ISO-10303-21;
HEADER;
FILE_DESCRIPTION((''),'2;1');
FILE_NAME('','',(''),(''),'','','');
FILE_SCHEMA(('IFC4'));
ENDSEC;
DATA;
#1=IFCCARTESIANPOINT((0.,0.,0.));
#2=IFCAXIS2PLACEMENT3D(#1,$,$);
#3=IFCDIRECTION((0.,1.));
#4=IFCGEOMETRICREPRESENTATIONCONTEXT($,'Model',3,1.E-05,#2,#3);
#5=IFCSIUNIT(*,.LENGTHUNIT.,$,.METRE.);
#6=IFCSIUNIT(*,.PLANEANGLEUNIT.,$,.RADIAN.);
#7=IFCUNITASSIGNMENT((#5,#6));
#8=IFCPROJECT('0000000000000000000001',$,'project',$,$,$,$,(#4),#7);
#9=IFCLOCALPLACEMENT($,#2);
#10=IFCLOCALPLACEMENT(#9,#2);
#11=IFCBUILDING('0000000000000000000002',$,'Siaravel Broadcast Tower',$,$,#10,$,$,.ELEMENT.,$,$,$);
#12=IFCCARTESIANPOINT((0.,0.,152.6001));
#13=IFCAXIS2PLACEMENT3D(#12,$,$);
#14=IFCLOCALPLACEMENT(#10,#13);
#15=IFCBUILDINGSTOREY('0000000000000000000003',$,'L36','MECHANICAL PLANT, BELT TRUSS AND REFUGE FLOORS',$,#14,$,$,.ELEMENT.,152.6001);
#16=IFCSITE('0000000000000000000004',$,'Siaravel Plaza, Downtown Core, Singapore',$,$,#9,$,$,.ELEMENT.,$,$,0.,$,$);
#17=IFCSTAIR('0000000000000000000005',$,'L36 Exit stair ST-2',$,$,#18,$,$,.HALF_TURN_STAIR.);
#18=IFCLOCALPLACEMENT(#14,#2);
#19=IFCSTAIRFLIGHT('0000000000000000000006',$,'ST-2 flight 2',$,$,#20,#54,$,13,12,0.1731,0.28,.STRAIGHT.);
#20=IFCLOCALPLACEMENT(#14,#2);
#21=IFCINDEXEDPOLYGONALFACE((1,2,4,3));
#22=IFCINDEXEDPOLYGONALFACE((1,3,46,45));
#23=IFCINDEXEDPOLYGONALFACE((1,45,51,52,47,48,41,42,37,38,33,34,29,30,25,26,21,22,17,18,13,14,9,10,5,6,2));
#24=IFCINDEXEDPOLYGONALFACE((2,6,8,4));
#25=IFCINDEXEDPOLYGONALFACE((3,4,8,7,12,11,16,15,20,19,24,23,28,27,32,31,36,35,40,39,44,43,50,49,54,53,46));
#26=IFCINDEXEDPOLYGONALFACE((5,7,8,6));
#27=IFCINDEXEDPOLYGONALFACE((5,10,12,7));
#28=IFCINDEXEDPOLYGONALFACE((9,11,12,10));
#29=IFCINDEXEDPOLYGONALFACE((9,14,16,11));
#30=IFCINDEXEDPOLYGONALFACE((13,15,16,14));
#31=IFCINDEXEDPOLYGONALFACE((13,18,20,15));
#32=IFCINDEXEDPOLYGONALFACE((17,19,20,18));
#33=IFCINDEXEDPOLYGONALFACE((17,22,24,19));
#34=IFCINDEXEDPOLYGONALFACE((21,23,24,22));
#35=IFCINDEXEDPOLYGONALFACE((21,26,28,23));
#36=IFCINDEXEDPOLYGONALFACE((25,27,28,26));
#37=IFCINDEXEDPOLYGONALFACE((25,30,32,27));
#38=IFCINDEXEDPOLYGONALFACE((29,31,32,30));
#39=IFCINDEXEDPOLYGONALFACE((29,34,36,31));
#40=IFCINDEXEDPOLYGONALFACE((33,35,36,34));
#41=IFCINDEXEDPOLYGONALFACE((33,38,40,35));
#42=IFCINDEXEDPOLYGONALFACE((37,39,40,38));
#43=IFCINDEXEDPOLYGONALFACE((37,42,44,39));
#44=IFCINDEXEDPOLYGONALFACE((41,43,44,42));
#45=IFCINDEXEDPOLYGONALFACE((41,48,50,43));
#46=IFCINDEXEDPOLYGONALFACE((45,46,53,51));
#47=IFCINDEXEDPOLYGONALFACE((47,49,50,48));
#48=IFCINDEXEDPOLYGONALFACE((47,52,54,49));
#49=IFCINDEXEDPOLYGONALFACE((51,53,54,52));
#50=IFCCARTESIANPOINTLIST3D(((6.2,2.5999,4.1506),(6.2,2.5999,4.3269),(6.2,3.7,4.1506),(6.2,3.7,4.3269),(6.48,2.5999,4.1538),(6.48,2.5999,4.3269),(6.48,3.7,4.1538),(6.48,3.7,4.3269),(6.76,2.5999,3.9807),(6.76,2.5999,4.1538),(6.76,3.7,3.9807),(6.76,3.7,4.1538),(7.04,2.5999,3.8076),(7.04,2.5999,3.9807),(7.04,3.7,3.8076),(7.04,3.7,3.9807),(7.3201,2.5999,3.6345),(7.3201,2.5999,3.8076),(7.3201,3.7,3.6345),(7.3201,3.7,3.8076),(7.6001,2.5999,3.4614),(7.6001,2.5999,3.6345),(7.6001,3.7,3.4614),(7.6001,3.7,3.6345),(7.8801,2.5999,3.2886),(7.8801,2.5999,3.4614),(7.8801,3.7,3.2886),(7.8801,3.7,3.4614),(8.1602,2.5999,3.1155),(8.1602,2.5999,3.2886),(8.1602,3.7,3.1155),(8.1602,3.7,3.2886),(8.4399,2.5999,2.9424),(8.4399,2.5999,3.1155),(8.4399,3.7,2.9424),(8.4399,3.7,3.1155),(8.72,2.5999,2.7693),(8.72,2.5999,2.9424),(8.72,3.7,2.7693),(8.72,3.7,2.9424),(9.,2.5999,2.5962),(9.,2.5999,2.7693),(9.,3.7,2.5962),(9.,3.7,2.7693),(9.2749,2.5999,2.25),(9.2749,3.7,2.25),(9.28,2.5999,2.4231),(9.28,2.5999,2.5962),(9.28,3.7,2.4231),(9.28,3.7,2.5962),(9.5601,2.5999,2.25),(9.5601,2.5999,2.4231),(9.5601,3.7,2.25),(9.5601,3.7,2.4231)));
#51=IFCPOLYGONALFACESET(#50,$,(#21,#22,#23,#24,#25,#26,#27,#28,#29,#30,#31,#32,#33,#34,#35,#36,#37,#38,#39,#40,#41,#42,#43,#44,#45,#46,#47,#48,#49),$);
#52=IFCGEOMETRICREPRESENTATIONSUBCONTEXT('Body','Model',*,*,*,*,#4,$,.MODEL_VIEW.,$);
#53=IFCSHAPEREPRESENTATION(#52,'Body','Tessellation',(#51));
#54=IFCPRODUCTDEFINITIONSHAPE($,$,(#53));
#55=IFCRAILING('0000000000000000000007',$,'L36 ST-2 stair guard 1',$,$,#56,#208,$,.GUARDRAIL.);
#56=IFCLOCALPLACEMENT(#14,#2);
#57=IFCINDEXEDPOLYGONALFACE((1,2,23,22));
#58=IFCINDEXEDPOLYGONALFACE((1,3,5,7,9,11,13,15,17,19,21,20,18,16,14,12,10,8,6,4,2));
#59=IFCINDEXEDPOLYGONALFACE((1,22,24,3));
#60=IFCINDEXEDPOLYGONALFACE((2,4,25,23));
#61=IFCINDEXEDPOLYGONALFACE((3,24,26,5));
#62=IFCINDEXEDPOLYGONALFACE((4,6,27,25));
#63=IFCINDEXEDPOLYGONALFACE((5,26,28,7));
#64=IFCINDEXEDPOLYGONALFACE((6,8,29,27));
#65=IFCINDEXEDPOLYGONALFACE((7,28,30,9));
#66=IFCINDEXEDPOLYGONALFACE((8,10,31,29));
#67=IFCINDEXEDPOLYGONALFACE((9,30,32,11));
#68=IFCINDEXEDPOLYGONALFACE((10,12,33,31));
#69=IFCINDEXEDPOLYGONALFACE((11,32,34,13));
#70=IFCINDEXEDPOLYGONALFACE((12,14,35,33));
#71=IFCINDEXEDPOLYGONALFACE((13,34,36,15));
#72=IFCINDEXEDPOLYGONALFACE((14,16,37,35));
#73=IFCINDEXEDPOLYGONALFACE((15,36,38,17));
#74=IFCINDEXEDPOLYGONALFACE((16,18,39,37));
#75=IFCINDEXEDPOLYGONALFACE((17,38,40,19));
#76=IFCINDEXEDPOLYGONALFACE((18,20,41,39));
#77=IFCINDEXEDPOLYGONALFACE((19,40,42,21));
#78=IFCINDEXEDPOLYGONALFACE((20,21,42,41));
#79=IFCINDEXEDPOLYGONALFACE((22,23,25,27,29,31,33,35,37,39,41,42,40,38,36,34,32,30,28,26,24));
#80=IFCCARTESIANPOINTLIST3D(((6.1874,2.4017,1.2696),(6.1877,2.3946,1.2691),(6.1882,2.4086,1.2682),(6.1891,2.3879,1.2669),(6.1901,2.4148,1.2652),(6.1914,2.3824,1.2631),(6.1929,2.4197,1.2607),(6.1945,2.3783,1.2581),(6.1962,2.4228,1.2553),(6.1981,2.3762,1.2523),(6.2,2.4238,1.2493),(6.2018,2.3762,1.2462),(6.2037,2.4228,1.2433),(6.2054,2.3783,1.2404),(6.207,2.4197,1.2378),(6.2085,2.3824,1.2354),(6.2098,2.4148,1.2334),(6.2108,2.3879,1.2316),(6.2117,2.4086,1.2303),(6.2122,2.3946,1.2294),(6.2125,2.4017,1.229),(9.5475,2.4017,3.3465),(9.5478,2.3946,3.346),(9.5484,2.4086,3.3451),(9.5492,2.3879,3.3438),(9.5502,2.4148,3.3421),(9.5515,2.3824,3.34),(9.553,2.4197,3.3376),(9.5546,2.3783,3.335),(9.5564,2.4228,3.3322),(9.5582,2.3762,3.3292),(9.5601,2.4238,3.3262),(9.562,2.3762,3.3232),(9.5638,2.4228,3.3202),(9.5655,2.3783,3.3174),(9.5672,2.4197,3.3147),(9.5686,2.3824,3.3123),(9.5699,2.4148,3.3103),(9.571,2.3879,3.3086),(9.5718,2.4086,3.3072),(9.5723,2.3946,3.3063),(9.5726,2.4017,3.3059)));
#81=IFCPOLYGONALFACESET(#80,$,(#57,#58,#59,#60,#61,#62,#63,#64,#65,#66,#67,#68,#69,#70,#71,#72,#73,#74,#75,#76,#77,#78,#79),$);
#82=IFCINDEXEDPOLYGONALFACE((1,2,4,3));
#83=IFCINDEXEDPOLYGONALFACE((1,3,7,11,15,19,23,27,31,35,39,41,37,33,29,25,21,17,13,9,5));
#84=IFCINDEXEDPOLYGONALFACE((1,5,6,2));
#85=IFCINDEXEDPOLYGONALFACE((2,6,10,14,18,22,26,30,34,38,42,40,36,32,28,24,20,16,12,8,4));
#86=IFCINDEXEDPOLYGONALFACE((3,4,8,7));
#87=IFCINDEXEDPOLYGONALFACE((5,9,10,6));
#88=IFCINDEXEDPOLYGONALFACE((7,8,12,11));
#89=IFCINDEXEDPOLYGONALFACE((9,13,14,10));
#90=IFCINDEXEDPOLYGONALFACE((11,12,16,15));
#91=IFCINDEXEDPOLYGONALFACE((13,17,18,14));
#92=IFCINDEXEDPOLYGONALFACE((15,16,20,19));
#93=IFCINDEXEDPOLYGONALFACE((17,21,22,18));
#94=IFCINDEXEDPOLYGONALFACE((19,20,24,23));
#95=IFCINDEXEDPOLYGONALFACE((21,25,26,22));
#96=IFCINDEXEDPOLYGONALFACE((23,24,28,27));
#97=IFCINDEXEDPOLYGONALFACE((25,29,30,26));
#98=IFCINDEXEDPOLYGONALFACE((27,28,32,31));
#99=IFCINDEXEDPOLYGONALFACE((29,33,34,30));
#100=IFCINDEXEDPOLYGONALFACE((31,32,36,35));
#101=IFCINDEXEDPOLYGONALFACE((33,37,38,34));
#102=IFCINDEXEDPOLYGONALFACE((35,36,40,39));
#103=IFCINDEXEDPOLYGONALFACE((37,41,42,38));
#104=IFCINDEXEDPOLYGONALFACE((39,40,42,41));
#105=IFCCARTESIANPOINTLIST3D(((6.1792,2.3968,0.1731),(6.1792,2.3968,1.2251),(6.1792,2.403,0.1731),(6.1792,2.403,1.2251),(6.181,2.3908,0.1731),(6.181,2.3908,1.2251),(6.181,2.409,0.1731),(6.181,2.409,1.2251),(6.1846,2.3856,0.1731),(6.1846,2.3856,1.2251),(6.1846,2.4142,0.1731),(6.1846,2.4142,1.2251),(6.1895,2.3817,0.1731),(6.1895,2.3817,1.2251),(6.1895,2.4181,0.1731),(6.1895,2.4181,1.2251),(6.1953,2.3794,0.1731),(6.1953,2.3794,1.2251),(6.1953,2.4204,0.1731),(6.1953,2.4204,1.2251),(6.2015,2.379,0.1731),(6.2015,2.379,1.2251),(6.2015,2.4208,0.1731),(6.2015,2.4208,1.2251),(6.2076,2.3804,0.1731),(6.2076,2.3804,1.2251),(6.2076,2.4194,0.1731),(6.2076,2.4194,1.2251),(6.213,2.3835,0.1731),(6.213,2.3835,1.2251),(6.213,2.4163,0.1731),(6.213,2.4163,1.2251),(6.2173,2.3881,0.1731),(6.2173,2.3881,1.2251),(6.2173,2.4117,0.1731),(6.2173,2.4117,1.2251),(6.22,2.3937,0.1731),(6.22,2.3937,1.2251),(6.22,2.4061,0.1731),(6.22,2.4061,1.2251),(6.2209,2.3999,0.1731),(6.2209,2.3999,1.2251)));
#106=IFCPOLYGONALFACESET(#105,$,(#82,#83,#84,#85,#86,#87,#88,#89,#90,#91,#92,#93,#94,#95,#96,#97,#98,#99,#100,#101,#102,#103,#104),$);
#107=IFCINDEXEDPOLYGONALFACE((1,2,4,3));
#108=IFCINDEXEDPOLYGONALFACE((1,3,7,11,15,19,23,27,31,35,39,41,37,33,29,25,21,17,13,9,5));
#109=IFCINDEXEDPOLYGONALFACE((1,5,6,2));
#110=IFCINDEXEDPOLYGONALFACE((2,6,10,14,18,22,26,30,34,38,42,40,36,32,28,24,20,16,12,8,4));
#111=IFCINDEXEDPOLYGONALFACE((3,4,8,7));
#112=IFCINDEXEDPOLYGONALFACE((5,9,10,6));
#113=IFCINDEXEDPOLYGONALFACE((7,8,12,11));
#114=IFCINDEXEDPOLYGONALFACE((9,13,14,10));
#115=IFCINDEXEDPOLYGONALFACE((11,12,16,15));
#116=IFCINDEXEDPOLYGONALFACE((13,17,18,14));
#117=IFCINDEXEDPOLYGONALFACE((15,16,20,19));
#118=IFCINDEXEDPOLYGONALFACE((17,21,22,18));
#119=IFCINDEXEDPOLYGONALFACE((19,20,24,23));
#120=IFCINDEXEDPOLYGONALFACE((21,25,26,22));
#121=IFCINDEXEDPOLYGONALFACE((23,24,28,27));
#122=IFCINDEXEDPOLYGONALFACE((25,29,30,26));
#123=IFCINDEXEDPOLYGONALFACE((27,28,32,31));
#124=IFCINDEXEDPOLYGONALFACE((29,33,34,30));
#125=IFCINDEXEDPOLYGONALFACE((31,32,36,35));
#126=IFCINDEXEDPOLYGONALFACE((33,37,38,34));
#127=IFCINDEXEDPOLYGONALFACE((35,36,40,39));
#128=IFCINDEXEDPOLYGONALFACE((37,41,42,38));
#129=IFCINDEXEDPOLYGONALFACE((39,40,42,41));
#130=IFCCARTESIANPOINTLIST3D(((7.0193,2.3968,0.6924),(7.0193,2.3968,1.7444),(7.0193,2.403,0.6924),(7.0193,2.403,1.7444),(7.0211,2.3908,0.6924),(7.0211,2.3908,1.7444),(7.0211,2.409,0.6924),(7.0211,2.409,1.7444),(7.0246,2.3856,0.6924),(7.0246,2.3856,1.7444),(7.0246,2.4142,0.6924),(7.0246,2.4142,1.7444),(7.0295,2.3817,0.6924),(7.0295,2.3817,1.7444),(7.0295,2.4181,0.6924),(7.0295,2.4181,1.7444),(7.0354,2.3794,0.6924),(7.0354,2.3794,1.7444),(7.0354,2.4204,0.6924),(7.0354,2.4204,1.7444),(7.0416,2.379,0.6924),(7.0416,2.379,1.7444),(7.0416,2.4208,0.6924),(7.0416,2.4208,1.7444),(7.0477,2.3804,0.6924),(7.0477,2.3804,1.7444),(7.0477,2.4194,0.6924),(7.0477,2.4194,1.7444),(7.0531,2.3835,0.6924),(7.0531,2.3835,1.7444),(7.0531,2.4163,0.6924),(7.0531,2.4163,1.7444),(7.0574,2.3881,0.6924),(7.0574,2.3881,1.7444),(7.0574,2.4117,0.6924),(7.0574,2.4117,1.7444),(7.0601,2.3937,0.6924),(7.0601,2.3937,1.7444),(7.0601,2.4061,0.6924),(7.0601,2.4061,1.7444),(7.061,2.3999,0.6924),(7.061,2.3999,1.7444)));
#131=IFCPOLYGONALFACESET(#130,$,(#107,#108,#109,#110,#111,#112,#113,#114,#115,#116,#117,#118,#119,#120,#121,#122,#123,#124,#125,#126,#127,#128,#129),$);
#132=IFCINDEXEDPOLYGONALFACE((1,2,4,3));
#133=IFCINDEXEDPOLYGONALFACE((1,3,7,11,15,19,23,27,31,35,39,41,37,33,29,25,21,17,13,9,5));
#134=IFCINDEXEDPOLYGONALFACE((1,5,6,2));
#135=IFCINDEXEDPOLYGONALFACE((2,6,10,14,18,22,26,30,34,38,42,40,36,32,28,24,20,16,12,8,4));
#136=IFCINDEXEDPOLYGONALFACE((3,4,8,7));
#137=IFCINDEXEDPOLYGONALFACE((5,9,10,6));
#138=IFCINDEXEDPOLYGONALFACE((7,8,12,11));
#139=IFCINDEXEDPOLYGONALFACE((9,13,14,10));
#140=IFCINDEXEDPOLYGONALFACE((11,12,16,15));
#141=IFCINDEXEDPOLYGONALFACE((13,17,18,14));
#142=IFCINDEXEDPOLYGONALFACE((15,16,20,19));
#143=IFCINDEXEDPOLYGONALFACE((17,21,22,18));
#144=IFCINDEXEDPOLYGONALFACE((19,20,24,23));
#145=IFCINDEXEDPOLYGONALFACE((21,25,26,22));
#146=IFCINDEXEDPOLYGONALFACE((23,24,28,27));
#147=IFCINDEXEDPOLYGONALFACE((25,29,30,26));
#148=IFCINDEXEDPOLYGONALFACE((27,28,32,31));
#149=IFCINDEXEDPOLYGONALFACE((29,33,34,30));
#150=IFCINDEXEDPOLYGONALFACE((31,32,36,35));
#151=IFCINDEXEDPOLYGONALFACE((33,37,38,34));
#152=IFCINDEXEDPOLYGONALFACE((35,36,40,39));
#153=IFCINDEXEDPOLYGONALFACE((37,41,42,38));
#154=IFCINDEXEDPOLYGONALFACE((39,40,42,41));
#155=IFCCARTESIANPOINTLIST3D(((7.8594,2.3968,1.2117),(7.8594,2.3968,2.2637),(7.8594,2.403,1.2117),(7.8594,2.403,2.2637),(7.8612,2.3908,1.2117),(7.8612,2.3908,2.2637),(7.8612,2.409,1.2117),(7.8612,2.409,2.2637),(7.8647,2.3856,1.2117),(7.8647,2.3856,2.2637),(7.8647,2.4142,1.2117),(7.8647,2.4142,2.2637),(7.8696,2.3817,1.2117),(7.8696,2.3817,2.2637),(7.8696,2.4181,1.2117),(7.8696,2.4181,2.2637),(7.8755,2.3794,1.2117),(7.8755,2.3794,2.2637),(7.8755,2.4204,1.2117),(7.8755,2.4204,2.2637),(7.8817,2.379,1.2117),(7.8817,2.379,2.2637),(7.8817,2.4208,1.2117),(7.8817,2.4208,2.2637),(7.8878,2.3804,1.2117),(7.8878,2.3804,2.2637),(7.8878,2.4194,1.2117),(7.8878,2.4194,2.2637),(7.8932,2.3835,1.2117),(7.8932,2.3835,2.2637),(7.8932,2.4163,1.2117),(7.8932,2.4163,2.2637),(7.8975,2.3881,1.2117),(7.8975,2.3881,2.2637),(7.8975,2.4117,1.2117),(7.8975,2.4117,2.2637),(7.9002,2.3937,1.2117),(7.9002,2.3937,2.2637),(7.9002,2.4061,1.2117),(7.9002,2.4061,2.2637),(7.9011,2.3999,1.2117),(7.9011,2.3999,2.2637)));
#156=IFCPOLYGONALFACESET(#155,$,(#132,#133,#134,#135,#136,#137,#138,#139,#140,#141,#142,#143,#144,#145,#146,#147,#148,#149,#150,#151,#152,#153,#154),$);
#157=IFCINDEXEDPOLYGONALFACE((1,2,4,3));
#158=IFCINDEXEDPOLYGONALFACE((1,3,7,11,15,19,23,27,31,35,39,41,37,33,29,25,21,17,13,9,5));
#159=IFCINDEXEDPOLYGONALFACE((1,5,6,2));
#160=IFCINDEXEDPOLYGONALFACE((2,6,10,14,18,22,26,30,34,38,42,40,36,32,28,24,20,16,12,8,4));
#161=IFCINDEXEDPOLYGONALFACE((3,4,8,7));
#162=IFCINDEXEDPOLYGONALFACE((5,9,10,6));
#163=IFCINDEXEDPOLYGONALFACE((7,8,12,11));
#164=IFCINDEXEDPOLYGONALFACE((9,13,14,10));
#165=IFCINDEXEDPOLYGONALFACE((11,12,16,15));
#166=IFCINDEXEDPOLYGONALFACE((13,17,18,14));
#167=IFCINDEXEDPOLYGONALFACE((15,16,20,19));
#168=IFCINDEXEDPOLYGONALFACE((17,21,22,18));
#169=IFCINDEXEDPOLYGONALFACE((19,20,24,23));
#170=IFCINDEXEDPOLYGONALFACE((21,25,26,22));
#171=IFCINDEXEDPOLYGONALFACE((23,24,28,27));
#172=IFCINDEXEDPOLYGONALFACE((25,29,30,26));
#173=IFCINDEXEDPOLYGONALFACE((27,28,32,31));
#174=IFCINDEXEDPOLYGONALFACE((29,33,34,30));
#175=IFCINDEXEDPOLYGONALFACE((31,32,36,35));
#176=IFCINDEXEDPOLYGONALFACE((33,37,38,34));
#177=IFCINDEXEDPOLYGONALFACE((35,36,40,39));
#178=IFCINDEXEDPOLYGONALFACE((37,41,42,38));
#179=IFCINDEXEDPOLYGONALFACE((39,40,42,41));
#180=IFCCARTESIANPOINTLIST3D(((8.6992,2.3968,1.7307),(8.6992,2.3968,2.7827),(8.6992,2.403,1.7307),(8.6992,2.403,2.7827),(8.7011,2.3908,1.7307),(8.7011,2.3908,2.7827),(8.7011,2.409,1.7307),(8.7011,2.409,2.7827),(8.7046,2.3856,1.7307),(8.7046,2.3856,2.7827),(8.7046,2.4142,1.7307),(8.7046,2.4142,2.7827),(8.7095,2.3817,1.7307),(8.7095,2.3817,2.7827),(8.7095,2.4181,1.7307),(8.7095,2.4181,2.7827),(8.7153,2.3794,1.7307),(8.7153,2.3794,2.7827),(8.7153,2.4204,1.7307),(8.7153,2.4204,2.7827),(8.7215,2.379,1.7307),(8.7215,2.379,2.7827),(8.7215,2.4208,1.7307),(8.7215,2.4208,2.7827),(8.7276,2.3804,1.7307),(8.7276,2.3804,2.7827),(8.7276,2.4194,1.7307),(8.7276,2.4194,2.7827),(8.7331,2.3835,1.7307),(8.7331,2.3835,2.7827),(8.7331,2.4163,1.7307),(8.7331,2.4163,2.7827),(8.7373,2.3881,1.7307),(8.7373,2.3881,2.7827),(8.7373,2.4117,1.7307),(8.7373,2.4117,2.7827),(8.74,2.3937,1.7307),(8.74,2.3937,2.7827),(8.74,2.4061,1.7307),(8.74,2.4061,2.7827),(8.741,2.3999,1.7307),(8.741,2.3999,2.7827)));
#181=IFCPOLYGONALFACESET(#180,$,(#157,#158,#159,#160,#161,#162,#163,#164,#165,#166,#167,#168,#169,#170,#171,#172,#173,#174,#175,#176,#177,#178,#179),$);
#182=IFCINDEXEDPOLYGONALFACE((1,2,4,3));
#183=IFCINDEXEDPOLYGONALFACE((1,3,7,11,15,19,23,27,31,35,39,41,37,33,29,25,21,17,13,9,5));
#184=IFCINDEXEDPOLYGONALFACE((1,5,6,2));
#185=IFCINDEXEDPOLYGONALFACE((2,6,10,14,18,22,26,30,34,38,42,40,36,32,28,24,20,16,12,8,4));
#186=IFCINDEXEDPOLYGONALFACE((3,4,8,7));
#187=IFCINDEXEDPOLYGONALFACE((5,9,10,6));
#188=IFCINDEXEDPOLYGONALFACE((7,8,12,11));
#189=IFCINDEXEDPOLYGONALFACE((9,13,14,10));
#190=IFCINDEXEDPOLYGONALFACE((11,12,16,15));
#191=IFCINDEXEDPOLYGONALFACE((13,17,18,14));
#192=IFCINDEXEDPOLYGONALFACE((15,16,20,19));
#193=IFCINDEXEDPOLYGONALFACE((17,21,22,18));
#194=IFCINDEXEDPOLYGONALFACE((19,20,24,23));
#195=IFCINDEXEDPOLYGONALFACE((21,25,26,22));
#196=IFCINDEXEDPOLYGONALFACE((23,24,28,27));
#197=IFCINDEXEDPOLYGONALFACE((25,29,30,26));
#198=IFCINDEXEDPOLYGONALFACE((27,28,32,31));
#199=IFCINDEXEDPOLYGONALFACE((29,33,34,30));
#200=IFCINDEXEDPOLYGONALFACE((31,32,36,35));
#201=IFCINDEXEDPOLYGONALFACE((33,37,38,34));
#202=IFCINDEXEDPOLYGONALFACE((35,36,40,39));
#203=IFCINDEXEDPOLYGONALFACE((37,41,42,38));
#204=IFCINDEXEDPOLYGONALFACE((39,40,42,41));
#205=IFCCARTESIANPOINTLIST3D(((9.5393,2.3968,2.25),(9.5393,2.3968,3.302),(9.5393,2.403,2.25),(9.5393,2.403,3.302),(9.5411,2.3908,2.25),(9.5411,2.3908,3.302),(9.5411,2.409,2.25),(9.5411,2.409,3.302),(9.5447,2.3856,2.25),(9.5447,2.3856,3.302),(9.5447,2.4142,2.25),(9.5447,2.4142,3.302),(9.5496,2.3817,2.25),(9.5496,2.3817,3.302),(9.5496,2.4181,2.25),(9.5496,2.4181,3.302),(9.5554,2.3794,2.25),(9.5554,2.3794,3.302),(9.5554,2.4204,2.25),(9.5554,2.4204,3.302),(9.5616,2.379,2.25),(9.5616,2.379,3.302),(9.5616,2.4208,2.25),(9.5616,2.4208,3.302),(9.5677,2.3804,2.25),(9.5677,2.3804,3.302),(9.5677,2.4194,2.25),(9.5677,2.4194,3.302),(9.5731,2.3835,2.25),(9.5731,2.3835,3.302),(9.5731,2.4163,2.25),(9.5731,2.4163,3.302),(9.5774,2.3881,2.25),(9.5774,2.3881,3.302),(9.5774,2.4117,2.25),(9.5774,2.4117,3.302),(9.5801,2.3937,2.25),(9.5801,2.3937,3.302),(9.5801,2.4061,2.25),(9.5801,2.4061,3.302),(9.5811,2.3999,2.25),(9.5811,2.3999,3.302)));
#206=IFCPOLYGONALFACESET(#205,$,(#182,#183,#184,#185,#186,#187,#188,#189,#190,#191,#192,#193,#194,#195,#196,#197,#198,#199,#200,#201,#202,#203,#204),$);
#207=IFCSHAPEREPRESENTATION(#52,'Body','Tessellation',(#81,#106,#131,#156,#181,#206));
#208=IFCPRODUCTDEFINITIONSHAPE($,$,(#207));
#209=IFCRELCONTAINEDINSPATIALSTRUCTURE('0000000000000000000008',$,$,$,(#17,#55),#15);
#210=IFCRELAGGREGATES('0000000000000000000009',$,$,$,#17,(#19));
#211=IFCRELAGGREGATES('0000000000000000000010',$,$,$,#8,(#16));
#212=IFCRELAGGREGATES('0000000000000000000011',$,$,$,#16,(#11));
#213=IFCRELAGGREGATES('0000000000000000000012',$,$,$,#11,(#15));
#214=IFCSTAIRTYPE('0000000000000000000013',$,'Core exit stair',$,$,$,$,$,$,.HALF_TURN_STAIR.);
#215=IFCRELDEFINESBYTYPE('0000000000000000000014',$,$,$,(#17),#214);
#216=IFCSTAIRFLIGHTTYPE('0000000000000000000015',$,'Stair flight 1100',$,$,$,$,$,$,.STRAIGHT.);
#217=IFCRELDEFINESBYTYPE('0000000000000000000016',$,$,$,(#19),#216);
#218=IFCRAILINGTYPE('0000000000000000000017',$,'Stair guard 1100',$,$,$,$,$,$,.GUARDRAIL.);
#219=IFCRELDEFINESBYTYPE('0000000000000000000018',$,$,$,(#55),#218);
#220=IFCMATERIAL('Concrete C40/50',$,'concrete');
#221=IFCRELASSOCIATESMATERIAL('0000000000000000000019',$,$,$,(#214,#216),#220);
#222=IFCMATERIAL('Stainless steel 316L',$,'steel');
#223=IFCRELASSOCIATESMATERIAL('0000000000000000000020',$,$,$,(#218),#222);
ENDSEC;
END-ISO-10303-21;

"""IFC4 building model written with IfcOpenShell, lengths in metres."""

from ifc_helpers import new_model, si_unit, direction, frame, origin, origin_2d, place, context, subcontext, project, spatial, polyline, circle, outline, extrude, material, type_object, element, aggregate, save


model = new_model("IFC4")

# Units and contexts
model_context = context("Model", 3, precision=1e-05, world=origin(), true_north=direction((0.0, 1.0)))
body_context = subcontext(model_context, "Body", "Model", "MODEL_VIEW")
ifc_project = project(units=[si_unit("LENGTHUNIT", "METRE"), si_unit("PLANEANGLEUNIT", "RADIAN")], contexts=[model_context])

# Site, building, storey
site_placement = place(None, origin())
site = spatial("IfcSite", under=ifc_project, at=site_placement, Name="Siaravel Plaza, Downtown Core, Singapore", CompositionType="ELEMENT", RefElevation=0.0)
building_placement = place(site_placement, origin())
building = spatial("IfcBuilding", under=site, at=building_placement, Name="Siaravel Broadcast Tower", CompositionType="ELEMENT")
storey_placement = place(building_placement, frame((0.0, 0.0, 152.6001)))
storey = spatial("IfcBuildingStorey", under=building, at=storey_placement, Name="L36", Description="MECHANICAL PLANT, BELT TRUSS AND REFUGE FLOORS", CompositionType="ELEMENT", Elevation=152.6001)

# Stair, stair flight
ifc_material_1 = material(Name="Concrete C40/50", Category="concrete")
stair_type = type_object("IfcStairType", Name="Core exit stair", PredefinedType="HALF_TURN_STAIR", material=ifc_material_1)
stair_placement = place(storey_placement, origin())
stair = element("IfcStair", 1, at=stair_placement, inside=storey, type_object=stair_type, Name="L36 Exit stair ST-2", PredefinedType="HALF_TURN_STAIR")
stair_flight_type = type_object("IfcStairFlightType", Name="Stair flight 1100", PredefinedType="STRAIGHT", material=ifc_material_1)
stair_flight_1_placement = place(storey_placement, frame((9.5601, 3.1499, 2.25), z_axis=(0.0, 0.0, 1.0), x_axis=(-1.0, 0.0, 0.0)))
stair_flight_1 = element("IfcStairFlight", 2, at=stair_flight_1_placement, type_object=stair_flight_type, Name="ST-2 flight 2", NumberOfRisers=13, NumberOfTreads=12, PredefinedType="STRAIGHT", RiserHeight=0.1731, TreadLength=0.28, context=body_context, shape_type="SweptSolid", body=[
    extrude(outline(polyline([(0.0, 0.0), (0.0, 0.1731), (0.28, 0.1731), (0.28, 0.3462), (0.5601, 0.3462), (0.5601, 0.5193), (0.8401, 0.5193), (0.8401, 0.6924), (1.1201, 0.6924), (1.1201, 0.8655), (1.3999, 0.8655), (1.3999, 1.0386), (1.6799, 1.0386), (1.6799, 1.2114), (1.96, 1.2114), (1.96, 1.3845), (2.24, 1.3845), (2.24, 1.5576), (2.52, 1.5576), (2.52, 1.7307), (2.8, 1.7307), (2.8, 1.9038), (3.0801, 1.9038), (3.0801, 2.0769), (3.3601, 2.0769), (3.3601, 2.25), (3.3601, 1.9006), (0.2852, 0.0), (0.0, 0.0)])), frame((0.0, 0.55, 0.0), z_axis=(0.0, -1.0, 0.0), x_axis=(1.0, 0.0, 0.0)), (0.0, 0.0, 1.0), 1.1001),
])
aggregate(stair, [stair_flight_1])

# Railing
ifc_material_2 = material(Name="Stainless steel 316L", Category="steel")
railing_type_1 = type_object("IfcRailingType", Name="Stair guard 1100", PredefinedType="GUARDRAIL", material=ifc_material_2)
railing_1_placement = place(storey_placement, frame((6.2, 2.3999, 0.1731)))
element("IfcRailing", 3, at=railing_1_placement, inside=storey, type_object=railing_type_1, Name="L36 ST-2 stair guard 1", PredefinedType="GUARDRAIL", context=body_context, shape_type="SweptSolid", body=[
    extrude(circle(Radius=0.0239, at=origin_2d()), frame((0.0, 0.0, 1.0762), z_axis=(0.850623, 0.0, 0.525776), x_axis=(0.0, 1.0, 0.0)), (0.0, 0.0, 1.0), 3.9502),
    extrude(circle(Radius=0.021, at=origin_2d()), origin(), (0.0, 0.0, 1.0), 1.052),
    extrude(circle(Radius=0.021, at=origin_2d()), frame((0.8401, 0.0, 0.5193)), (0.0, 0.0, 1.0), 1.052),
    extrude(circle(Radius=0.021, at=origin_2d()), frame((1.6802, 0.0, 1.0386)), (0.0, 0.0, 1.0), 1.052),
    extrude(circle(Radius=0.021, at=origin_2d()), frame((2.52, 0.0, 1.5576)), (0.0, 0.0, 1.0), 1.052),
    extrude(circle(Radius=0.021, at=origin_2d()), frame((3.3601, 0.0, 2.0769)), (0.0, 0.0, 1.0), 1.052),
])

save(model, "model.ifc")
